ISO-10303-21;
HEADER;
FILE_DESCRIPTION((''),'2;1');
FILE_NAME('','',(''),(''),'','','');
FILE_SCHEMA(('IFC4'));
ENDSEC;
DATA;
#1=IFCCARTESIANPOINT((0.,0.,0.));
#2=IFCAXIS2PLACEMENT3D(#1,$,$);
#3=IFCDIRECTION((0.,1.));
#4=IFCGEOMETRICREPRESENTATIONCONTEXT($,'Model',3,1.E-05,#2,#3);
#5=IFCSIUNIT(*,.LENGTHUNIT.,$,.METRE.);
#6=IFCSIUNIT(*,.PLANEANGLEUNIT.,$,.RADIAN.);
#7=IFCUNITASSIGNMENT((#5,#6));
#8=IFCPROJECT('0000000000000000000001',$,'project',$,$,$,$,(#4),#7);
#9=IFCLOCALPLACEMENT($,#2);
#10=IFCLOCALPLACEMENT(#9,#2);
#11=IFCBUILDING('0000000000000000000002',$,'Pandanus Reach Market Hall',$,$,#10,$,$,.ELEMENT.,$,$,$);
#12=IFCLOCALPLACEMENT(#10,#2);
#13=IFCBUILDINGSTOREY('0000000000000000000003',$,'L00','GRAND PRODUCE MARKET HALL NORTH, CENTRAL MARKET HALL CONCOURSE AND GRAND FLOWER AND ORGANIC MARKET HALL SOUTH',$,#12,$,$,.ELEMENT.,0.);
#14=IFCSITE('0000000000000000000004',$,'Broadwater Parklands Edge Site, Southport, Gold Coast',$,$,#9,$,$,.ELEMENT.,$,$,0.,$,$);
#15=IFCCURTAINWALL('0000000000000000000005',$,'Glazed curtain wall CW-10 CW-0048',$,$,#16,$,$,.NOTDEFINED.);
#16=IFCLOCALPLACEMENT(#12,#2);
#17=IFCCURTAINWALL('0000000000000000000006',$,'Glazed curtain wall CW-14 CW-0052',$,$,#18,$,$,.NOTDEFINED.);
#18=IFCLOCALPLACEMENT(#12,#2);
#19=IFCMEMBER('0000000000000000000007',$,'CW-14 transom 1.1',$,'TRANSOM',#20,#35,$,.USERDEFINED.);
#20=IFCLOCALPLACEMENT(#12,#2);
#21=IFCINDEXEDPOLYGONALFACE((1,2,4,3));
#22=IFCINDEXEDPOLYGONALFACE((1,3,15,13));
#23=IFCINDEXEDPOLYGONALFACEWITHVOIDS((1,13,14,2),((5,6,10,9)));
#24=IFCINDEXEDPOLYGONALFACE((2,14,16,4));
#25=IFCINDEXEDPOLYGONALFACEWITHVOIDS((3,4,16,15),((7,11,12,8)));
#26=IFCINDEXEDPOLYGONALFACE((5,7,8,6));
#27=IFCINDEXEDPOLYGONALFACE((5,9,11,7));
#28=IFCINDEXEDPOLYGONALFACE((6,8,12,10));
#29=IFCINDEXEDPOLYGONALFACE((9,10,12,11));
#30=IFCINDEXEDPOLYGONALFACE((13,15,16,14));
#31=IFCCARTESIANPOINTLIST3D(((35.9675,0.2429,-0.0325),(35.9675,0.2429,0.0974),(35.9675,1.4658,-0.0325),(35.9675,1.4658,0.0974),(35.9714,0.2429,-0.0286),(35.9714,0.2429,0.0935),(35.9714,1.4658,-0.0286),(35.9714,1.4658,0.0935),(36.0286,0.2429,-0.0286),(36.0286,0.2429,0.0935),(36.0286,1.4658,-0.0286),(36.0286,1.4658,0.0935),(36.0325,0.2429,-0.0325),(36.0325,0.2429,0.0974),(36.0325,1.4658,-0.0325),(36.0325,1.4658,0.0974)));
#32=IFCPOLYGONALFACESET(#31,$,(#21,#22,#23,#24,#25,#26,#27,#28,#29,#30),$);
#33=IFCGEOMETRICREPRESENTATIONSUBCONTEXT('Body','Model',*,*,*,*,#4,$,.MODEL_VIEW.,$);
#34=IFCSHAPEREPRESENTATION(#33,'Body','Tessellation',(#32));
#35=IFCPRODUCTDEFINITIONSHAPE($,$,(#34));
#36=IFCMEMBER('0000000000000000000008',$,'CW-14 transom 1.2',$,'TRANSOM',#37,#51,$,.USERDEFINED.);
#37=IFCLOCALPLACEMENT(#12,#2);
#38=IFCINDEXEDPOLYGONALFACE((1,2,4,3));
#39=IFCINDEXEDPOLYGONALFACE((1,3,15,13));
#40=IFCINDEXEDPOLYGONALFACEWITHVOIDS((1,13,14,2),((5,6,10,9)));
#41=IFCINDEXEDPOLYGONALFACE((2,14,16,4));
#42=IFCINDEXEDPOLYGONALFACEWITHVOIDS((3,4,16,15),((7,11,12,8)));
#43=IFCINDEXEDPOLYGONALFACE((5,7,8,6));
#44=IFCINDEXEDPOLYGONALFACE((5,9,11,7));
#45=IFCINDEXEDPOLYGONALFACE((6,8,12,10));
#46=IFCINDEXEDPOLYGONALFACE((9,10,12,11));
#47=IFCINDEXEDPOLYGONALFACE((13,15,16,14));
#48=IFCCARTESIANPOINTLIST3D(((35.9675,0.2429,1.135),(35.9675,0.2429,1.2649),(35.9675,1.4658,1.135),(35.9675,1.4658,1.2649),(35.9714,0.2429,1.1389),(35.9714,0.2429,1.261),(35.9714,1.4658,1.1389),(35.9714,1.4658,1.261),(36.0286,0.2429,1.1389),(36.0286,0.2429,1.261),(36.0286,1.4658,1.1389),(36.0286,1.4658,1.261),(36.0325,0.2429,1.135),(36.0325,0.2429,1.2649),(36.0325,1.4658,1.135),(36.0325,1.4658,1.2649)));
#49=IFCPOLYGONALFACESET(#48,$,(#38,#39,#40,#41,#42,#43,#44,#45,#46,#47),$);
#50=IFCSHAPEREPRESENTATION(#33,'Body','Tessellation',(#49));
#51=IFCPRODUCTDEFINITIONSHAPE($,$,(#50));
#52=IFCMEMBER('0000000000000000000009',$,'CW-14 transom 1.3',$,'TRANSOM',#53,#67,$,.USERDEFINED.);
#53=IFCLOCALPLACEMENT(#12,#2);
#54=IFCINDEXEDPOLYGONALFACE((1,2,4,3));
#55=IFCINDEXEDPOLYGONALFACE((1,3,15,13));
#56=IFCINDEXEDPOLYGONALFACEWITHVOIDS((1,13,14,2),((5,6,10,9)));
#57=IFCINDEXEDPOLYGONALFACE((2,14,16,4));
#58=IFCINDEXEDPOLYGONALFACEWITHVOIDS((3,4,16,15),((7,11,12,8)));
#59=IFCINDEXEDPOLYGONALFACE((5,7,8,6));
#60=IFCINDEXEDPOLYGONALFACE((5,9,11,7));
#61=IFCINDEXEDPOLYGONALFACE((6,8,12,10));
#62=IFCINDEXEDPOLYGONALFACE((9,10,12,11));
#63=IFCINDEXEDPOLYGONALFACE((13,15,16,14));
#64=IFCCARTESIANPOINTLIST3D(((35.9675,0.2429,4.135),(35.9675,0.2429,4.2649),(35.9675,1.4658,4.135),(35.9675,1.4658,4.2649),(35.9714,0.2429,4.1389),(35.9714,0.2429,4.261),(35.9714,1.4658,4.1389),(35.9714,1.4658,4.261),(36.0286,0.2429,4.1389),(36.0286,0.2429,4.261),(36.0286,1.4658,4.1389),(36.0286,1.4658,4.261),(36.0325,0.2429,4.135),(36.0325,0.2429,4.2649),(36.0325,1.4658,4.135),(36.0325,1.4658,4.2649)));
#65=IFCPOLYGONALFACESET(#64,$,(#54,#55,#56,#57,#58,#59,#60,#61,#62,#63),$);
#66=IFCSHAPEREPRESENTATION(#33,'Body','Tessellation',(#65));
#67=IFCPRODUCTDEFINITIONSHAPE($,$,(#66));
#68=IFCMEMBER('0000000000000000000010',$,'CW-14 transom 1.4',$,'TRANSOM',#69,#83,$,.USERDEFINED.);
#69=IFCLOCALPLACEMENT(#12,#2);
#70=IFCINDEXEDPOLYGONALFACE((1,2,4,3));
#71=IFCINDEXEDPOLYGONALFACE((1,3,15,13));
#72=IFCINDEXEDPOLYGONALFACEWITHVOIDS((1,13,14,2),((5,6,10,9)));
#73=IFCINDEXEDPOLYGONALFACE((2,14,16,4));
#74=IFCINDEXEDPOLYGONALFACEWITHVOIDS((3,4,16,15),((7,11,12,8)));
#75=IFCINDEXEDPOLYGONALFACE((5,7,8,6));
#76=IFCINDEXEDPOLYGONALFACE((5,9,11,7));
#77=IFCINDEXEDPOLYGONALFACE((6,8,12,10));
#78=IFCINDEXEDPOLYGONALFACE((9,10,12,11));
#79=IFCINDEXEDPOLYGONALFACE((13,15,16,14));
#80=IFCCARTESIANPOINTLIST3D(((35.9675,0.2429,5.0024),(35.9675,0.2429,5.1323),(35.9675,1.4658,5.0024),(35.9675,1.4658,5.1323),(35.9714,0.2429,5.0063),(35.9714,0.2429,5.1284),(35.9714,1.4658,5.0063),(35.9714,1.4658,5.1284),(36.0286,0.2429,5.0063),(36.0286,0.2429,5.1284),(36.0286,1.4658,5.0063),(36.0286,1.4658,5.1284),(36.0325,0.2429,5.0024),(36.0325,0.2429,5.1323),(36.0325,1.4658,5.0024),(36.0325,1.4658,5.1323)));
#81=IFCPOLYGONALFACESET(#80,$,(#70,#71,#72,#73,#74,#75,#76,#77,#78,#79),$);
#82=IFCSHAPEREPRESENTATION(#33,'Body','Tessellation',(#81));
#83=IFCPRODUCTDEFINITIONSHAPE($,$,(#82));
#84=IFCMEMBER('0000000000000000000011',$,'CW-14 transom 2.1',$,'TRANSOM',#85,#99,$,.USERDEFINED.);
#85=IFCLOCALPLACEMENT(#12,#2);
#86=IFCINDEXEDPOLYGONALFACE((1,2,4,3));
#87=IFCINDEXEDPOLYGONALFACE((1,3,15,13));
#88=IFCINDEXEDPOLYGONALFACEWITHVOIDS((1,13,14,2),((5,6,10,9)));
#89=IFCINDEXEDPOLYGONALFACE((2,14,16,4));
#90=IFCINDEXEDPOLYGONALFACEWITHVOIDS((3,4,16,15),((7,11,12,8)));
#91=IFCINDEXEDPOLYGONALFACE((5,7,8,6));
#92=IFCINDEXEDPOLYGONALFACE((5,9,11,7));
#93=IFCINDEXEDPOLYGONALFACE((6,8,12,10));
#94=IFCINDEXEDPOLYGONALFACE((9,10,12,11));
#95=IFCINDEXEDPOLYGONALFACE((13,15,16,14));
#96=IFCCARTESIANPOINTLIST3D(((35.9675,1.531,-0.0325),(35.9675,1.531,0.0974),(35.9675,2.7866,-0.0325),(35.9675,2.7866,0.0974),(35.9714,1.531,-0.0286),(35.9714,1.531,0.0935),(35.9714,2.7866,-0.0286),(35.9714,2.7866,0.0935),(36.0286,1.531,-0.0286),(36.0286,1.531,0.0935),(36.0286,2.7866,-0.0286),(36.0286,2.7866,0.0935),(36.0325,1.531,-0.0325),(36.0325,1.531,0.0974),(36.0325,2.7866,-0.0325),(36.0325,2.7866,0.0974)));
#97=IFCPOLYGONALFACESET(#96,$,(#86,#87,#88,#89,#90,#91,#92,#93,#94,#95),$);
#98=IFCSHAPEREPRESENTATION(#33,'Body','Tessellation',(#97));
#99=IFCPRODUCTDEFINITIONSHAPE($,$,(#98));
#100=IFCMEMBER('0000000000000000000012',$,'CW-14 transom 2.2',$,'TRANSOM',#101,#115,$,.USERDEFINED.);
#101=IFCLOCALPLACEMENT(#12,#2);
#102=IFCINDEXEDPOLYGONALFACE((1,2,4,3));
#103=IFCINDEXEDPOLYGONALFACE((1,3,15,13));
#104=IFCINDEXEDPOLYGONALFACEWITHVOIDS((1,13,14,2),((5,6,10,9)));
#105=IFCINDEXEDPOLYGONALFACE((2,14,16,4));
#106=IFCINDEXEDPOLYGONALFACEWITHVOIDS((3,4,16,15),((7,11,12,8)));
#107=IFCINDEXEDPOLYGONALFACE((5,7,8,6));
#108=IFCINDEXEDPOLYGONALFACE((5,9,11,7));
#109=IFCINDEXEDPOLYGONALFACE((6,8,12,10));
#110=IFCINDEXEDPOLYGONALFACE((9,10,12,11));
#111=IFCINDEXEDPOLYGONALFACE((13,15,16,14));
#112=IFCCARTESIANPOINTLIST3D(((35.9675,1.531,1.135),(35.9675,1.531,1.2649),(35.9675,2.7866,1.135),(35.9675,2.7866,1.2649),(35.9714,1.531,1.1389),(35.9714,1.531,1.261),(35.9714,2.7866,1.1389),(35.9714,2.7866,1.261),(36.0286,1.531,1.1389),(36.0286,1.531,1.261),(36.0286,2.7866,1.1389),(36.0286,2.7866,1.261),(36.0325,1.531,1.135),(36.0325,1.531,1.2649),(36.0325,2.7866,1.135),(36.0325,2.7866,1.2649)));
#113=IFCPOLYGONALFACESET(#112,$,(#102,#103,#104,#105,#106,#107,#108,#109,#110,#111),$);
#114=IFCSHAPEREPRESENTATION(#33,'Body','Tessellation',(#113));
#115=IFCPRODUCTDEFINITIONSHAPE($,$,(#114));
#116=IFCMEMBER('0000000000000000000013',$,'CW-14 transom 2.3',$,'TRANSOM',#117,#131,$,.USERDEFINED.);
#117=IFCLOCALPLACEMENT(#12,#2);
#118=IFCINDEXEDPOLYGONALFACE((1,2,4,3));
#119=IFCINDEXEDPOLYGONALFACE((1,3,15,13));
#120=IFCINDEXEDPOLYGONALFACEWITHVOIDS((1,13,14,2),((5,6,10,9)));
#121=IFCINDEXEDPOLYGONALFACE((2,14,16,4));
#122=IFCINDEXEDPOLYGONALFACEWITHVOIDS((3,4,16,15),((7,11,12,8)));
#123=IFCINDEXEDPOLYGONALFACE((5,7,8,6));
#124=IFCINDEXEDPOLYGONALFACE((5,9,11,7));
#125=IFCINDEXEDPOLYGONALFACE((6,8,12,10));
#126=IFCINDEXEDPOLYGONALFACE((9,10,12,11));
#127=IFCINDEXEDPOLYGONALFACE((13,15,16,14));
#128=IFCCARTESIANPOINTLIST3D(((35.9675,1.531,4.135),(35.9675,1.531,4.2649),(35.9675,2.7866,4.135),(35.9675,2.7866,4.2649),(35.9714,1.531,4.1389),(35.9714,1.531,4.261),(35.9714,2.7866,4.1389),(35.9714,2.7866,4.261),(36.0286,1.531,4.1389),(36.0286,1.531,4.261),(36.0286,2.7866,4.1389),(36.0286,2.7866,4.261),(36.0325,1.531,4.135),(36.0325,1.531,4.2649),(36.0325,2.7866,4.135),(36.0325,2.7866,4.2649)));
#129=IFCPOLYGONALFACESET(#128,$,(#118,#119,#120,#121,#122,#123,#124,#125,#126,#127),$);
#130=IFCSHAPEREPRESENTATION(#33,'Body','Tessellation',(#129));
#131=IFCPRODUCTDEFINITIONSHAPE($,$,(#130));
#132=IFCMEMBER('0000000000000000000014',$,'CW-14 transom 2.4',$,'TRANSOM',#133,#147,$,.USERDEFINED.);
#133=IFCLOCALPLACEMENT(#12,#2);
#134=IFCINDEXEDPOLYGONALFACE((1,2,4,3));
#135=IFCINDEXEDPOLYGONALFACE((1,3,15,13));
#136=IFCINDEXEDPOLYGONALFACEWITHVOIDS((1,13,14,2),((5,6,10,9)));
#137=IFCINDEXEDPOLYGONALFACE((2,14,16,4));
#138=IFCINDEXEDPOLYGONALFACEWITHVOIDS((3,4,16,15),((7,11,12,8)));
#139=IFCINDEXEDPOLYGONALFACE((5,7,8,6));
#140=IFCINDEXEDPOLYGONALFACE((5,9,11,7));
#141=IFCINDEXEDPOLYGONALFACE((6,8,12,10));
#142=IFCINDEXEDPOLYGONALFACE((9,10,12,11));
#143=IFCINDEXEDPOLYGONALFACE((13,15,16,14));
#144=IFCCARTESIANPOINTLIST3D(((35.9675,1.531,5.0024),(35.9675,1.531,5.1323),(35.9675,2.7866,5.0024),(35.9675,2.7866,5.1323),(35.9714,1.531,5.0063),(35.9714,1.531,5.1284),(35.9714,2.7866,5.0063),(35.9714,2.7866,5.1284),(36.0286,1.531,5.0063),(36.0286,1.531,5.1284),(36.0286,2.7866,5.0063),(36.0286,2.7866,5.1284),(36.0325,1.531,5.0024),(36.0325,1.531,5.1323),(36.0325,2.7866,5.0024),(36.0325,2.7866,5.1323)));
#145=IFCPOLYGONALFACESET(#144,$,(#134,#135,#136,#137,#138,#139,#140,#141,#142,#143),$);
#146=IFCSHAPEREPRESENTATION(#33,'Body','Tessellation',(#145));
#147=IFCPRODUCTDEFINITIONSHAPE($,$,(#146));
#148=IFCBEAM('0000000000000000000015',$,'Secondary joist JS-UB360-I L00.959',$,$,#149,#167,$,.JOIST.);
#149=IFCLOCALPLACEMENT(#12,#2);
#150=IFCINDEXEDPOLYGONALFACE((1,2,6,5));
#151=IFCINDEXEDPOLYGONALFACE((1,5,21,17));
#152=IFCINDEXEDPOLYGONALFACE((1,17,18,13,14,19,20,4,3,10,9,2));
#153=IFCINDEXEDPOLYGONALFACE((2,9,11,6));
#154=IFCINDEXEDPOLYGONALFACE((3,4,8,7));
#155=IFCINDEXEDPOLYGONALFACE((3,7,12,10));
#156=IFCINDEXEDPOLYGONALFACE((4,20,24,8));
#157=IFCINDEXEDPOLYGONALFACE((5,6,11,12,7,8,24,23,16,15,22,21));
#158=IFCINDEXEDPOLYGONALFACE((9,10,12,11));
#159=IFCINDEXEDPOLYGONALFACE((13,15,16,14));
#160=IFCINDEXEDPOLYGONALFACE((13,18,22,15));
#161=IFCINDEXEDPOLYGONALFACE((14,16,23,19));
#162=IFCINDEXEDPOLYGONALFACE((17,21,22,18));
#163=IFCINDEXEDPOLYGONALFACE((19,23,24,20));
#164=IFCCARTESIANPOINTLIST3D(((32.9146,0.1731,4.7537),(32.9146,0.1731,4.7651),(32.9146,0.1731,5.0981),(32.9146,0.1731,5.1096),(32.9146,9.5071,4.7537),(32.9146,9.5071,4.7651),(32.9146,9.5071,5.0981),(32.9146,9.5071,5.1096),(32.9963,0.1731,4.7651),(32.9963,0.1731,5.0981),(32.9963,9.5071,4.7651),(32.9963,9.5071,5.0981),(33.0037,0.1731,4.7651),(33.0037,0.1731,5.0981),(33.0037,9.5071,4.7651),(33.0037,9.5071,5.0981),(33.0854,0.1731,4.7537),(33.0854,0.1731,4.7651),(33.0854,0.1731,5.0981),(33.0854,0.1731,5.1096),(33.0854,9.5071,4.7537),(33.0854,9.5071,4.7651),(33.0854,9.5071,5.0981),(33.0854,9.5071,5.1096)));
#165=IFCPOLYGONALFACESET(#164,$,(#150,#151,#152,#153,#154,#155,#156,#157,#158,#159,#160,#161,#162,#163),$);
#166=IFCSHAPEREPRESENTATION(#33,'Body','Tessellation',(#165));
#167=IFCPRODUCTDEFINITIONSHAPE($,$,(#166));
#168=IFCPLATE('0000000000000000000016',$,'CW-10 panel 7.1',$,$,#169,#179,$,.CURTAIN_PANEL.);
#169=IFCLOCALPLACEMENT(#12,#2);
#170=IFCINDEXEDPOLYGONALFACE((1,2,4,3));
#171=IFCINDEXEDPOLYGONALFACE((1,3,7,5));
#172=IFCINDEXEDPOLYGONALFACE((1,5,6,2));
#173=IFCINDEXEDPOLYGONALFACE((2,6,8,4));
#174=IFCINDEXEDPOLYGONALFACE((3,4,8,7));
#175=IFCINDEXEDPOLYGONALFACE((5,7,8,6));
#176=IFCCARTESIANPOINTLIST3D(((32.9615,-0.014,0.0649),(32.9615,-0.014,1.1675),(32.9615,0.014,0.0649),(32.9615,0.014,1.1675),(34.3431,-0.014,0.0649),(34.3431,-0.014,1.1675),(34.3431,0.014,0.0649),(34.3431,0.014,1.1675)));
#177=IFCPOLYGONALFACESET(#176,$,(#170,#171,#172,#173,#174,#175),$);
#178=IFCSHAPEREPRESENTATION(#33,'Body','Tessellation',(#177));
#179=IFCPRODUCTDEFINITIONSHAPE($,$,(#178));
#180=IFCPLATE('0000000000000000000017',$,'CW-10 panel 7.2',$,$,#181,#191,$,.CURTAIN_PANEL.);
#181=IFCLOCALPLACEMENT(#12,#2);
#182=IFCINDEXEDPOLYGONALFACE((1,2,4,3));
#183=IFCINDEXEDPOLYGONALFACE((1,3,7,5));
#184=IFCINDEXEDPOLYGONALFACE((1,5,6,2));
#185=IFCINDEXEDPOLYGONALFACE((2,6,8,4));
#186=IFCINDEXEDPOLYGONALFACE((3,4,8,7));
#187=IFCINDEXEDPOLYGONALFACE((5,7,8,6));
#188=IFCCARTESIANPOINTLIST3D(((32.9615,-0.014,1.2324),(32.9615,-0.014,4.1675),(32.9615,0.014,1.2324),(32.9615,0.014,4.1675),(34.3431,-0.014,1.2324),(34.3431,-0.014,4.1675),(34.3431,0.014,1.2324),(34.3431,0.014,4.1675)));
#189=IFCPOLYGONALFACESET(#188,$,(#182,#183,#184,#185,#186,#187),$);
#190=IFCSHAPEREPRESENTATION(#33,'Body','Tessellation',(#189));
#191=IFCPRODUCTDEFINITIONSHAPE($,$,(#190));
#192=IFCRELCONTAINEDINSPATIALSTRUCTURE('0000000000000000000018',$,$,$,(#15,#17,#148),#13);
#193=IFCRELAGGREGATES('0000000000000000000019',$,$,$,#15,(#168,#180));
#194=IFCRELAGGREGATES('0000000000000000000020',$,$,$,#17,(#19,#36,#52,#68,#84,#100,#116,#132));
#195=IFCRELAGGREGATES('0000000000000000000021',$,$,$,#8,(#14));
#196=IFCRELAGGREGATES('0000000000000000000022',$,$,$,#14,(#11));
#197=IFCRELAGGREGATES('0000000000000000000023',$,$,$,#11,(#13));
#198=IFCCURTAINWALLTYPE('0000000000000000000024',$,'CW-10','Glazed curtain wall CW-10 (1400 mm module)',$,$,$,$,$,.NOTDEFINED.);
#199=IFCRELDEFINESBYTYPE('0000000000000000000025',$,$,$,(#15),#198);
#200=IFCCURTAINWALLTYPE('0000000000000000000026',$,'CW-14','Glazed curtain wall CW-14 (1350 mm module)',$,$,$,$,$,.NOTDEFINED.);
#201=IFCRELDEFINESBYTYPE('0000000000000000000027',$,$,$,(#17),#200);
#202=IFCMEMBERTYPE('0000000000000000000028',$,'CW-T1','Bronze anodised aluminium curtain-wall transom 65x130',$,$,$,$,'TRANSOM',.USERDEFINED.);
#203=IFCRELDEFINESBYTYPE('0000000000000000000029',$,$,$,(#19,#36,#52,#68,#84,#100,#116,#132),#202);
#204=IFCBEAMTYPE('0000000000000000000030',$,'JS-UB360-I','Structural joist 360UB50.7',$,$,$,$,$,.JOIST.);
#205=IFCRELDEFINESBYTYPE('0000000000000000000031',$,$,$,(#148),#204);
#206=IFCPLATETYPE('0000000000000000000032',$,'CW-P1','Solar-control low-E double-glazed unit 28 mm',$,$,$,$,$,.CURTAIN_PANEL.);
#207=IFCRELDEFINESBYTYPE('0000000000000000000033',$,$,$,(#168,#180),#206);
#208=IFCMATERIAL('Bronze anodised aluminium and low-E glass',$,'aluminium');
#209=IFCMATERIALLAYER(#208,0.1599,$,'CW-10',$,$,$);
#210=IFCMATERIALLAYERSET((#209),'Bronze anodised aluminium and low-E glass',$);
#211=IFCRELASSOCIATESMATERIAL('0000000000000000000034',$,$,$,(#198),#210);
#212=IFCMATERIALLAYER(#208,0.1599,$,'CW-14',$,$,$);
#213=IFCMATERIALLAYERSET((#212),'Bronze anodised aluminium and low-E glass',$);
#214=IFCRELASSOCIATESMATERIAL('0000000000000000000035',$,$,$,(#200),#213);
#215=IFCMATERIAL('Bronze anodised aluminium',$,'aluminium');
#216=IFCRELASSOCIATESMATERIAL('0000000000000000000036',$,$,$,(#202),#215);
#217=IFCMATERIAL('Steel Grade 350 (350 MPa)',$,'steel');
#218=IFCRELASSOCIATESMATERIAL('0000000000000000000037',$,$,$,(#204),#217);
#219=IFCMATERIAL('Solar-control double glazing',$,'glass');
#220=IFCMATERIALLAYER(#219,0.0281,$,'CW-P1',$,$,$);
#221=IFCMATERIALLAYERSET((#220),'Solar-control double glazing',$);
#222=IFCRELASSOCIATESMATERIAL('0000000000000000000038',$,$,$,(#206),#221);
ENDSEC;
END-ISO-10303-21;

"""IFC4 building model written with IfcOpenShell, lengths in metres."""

from ifc_helpers import new_model, si_unit, direction, frame, origin, origin_2d, place, context, subcontext, project, spatial, rectangle, hollow_rectangle, i_section, extrude, material, layer, layer_set, material_profile, profile_set, type_object, element, aggregate, save


model = new_model("IFC4")

# Units and contexts
model_context = context("Model", 3, precision=1e-05, world=origin(), true_north=direction((0.0, 1.0)))
body_context = subcontext(model_context, "Body", "Model", "MODEL_VIEW")
ifc_project = project(units=[si_unit("LENGTHUNIT", "METRE"), si_unit("PLANEANGLEUNIT", "RADIAN")], contexts=[model_context])

# Site, building, storey
site_placement = place(None, origin())
site = spatial("IfcSite", under=ifc_project, at=site_placement, Name="Broadwater Parklands Edge Site, Southport, Gold Coast", CompositionType="ELEMENT", RefElevation=0.0)
building_placement = place(site_placement, origin())
building = spatial("IfcBuilding", under=site, at=building_placement, Name="Pandanus Reach Market Hall", CompositionType="ELEMENT")
storey_placement = place(building_placement, origin())
storey = spatial("IfcBuildingStorey", under=building, at=storey_placement, Name="L00", Description="GRAND PRODUCE MARKET HALL NORTH, CENTRAL MARKET HALL CONCOURSE AND GRAND FLOWER AND ORGANIC MARKET HALL SOUTH", CompositionType="ELEMENT", Elevation=0.0)

# Shared definitions
ifc_material_1 = material(Name="Steel Grade 350 (350 MPa)", Category="steel")

# Curtain walls
ifc_material_2 = material(Name="Bronze anodised aluminium and low-E glass", Category="aluminium")
ifc_layer_1 = layer(ifc_material_2, 0.1599, Name="CW-10")
ifc_layer_set_1 = layer_set([ifc_layer_1], Name="Bronze anodised aluminium and low-E glass")
curtain_wall_type_1 = type_object("IfcCurtainWallType", Name="CW-10", Description="Glazed curtain wall CW-10 (1400 mm module)", PredefinedType="NOTDEFINED", material=ifc_layer_set_1)
curtain_wall_1_placement = place(storey_placement, origin())
curtain_wall_1 = element("IfcCurtainWall", 1, at=curtain_wall_1_placement, inside=storey, type_object=curtain_wall_type_1, Name="Glazed curtain wall CW-10 CW-0048", PredefinedType="NOTDEFINED")
ifc_material_3 = material(Name="Bronze anodised aluminium", Category="aluminium")
ifc_layer_2 = layer(ifc_material_2, 0.1599, Name="CW-14")
ifc_layer_set_2 = layer_set([ifc_layer_2], Name="Bronze anodised aluminium and low-E glass")
curtain_wall_type_2 = type_object("IfcCurtainWallType", Name="CW-14", Description="Glazed curtain wall CW-14 (1350 mm module)", PredefinedType="NOTDEFINED", material=ifc_layer_set_2)
curtain_wall_2_placement = place(storey_placement, origin())
curtain_wall_2 = element("IfcCurtainWall", 2, at=curtain_wall_2_placement, inside=storey, type_object=curtain_wall_type_2, Name="Glazed curtain wall CW-14 CW-0052", PredefinedType="NOTDEFINED")

# Members
ifc_material_profile_1 = material_profile(ifc_material_3, hollow_rectangle(XDim=0.0649, YDim=0.1299, WallThickness=0.0039, at=origin_2d()), Name="ALU65x130", Category="LoadBearing")
ifc_profile_set_1 = profile_set([ifc_material_profile_1], Name="Bronze anodised aluminium")
member_type_1 = type_object("IfcMemberType", Name="CW-T1", Description="Bronze anodised aluminium curtain-wall transom 65x130", ElementType="TRANSOM", PredefinedType="USERDEFINED", material=ifc_profile_set_1)
member_1_placement = place(storey_placement, frame((36.0, 0.2429, 0.0325), z_axis=(0.0, 1.0, 0.0), x_axis=(-1.0, 0.0, 0.0)))
member_1 = element("IfcMember", 3, at=member_1_placement, type_object=member_type_1, Name="CW-14 transom 1.1", ObjectType="TRANSOM", PredefinedType="USERDEFINED", context=body_context, shape_type="SweptSolid", body=[
    extrude(hollow_rectangle(XDim=0.0649, YDim=0.1299, WallThickness=0.0039, at=origin_2d()), origin(), (0.0, 0.0, 1.0), 1.2229),
])
member_2_placement = place(storey_placement, frame((36.0, 0.2429, 1.2), z_axis=(0.0, 1.0, 0.0), x_axis=(-1.0, 0.0, 0.0)))
member_2 = element("IfcMember", 4, at=member_2_placement, type_object=member_type_1, Name="CW-14 transom 1.2", ObjectType="TRANSOM", PredefinedType="USERDEFINED", context=body_context, shape_type="SweptSolid", body=[
    extrude(hollow_rectangle(XDim=0.0649, YDim=0.1299, WallThickness=0.0039, at=origin_2d()), origin(), (0.0, 0.0, 1.0), 1.2229),
])
member_3_placement = place(storey_placement, frame((36.0, 0.2429, 4.2), z_axis=(0.0, 1.0, 0.0), x_axis=(-1.0, 0.0, 0.0)))
member_3 = element("IfcMember", 5, at=member_3_placement, type_object=member_type_1, Name="CW-14 transom 1.3", ObjectType="TRANSOM", PredefinedType="USERDEFINED", context=body_context, shape_type="SweptSolid", body=[
    extrude(hollow_rectangle(XDim=0.0649, YDim=0.1299, WallThickness=0.0039, at=origin_2d()), origin(), (0.0, 0.0, 1.0), 1.2229),
])
member_4_placement = place(storey_placement, frame((36.0, 0.2429, 5.0674), z_axis=(0.0, 1.0, 0.0), x_axis=(-1.0, 0.0, 0.0)))
member_4 = element("IfcMember", 6, at=member_4_placement, type_object=member_type_1, Name="CW-14 transom 1.4", ObjectType="TRANSOM", PredefinedType="USERDEFINED", context=body_context, shape_type="SweptSolid", body=[
    extrude(hollow_rectangle(XDim=0.0649, YDim=0.1299, WallThickness=0.0039, at=origin_2d()), origin(), (0.0, 0.0, 1.0), 1.2229),
])
member_5_placement = place(storey_placement, frame((36.0, 1.531, 0.0325), z_axis=(0.0, 1.0, 0.0), x_axis=(-1.0, 0.0, 0.0)))
member_5 = element("IfcMember", 7, at=member_5_placement, type_object=member_type_1, Name="CW-14 transom 2.1", ObjectType="TRANSOM", PredefinedType="USERDEFINED", context=body_context, shape_type="SweptSolid", body=[
    extrude(hollow_rectangle(XDim=0.0649, YDim=0.1299, WallThickness=0.0039, at=origin_2d()), origin(), (0.0, 0.0, 1.0), 1.2556),
])
member_6_placement = place(storey_placement, frame((36.0, 1.531, 1.2), z_axis=(0.0, 1.0, 0.0), x_axis=(-1.0, 0.0, 0.0)))
member_6 = element("IfcMember", 8, at=member_6_placement, type_object=member_type_1, Name="CW-14 transom 2.2", ObjectType="TRANSOM", PredefinedType="USERDEFINED", context=body_context, shape_type="SweptSolid", body=[
    extrude(hollow_rectangle(XDim=0.0649, YDim=0.1299, WallThickness=0.0039, at=origin_2d()), origin(), (0.0, 0.0, 1.0), 1.2556),
])
member_7_placement = place(storey_placement, frame((36.0, 1.531, 4.2), z_axis=(0.0, 1.0, 0.0), x_axis=(-1.0, 0.0, 0.0)))
member_7 = element("IfcMember", 9, at=member_7_placement, type_object=member_type_1, Name="CW-14 transom 2.3", ObjectType="TRANSOM", PredefinedType="USERDEFINED", context=body_context, shape_type="SweptSolid", body=[
    extrude(hollow_rectangle(XDim=0.0649, YDim=0.1299, WallThickness=0.0039, at=origin_2d()), origin(), (0.0, 0.0, 1.0), 1.2556),
])
member_8_placement = place(storey_placement, frame((36.0, 1.531, 5.0674), z_axis=(0.0, 1.0, 0.0), x_axis=(-1.0, 0.0, 0.0)))
member_8 = element("IfcMember", 10, at=member_8_placement, type_object=member_type_1, Name="CW-14 transom 2.4", ObjectType="TRANSOM", PredefinedType="USERDEFINED", context=body_context, shape_type="SweptSolid", body=[
    extrude(hollow_rectangle(XDim=0.0649, YDim=0.1299, WallThickness=0.0039, at=origin_2d()), origin(), (0.0, 0.0, 1.0), 1.2556),
])

# Beam
ifc_material_profile_2 = material_profile(ifc_material_1, i_section(OverallWidth=0.1709, OverallDepth=0.356, WebThickness=0.0073, FlangeThickness=0.0115, at=origin_2d()), Name="360UB50.7", Category="LoadBearing")
ifc_profile_set_2 = profile_set([ifc_material_profile_2], Name="Steel Grade 350 (350 MPa)")
beam_type_1 = type_object("IfcBeamType", Name="JS-UB360-I", Description="Structural joist 360UB50.7", PredefinedType="JOIST", material=ifc_profile_set_2)
beam_1_placement = place(storey_placement, frame((33.0, 0.1731, 4.9316), z_axis=(0.0, 1.0, 0.0), x_axis=(-1.0, 0.0, 0.0)))
element("IfcBeam", 11, at=beam_1_placement, inside=storey, type_object=beam_type_1, Name="Secondary joist JS-UB360-I L00.959", PredefinedType="JOIST", context=body_context, shape_type="SweptSolid", body=[
    extrude(i_section(OverallWidth=0.1709, OverallDepth=0.356, WebThickness=0.0073, FlangeThickness=0.0115, at=origin_2d()), origin(), (0.0, 0.0, 1.0), 9.334),
])

# Plates
ifc_material_4 = material(Name="Solar-control double glazing", Category="glass")
ifc_layer_3 = layer(ifc_material_4, 0.0281, Name="CW-P1")
ifc_layer_set_3 = layer_set([ifc_layer_3], Name="Solar-control double glazing")
plate_type = type_object("IfcPlateType", Name="CW-P1", Description="Solar-control low-E double-glazed unit 28 mm", PredefinedType="CURTAIN_PANEL", material=ifc_layer_set_3)
plate_1_placement = place(storey_placement, frame((33.6523, 0.0, 0.0649), z_axis=(0.0, 0.0, 1.0), x_axis=(1.0, 0.0, 0.0)))
plate_1 = element("IfcPlate", 12, at=plate_1_placement, type_object=plate_type, Name="CW-10 panel 7.1", PredefinedType="CURTAIN_PANEL", context=body_context, shape_type="SweptSolid", body=[
    extrude(rectangle(XDim=1.3816, YDim=0.0281, at=origin_2d()), origin(), (0.0, 0.0, 1.0), 1.1025),
])
plate_2_placement = place(storey_placement, frame((33.6523, 0.0, 1.2324), z_axis=(0.0, 0.0, 1.0), x_axis=(1.0, 0.0, 0.0)))
plate_2 = element("IfcPlate", 13, at=plate_2_placement, type_object=plate_type, Name="CW-10 panel 7.2", PredefinedType="CURTAIN_PANEL", context=body_context, shape_type="SweptSolid", body=[
    extrude(rectangle(XDim=1.3816, YDim=0.0281, at=origin_2d()), origin(), (0.0, 0.0, 1.0), 2.9351),
])
aggregate(curtain_wall_1, [plate_1, plate_2])
aggregate(curtain_wall_2, [member_1, member_2, member_3, member_4, member_5, member_6, member_7, member_8])

save(model, "model.ifc")
